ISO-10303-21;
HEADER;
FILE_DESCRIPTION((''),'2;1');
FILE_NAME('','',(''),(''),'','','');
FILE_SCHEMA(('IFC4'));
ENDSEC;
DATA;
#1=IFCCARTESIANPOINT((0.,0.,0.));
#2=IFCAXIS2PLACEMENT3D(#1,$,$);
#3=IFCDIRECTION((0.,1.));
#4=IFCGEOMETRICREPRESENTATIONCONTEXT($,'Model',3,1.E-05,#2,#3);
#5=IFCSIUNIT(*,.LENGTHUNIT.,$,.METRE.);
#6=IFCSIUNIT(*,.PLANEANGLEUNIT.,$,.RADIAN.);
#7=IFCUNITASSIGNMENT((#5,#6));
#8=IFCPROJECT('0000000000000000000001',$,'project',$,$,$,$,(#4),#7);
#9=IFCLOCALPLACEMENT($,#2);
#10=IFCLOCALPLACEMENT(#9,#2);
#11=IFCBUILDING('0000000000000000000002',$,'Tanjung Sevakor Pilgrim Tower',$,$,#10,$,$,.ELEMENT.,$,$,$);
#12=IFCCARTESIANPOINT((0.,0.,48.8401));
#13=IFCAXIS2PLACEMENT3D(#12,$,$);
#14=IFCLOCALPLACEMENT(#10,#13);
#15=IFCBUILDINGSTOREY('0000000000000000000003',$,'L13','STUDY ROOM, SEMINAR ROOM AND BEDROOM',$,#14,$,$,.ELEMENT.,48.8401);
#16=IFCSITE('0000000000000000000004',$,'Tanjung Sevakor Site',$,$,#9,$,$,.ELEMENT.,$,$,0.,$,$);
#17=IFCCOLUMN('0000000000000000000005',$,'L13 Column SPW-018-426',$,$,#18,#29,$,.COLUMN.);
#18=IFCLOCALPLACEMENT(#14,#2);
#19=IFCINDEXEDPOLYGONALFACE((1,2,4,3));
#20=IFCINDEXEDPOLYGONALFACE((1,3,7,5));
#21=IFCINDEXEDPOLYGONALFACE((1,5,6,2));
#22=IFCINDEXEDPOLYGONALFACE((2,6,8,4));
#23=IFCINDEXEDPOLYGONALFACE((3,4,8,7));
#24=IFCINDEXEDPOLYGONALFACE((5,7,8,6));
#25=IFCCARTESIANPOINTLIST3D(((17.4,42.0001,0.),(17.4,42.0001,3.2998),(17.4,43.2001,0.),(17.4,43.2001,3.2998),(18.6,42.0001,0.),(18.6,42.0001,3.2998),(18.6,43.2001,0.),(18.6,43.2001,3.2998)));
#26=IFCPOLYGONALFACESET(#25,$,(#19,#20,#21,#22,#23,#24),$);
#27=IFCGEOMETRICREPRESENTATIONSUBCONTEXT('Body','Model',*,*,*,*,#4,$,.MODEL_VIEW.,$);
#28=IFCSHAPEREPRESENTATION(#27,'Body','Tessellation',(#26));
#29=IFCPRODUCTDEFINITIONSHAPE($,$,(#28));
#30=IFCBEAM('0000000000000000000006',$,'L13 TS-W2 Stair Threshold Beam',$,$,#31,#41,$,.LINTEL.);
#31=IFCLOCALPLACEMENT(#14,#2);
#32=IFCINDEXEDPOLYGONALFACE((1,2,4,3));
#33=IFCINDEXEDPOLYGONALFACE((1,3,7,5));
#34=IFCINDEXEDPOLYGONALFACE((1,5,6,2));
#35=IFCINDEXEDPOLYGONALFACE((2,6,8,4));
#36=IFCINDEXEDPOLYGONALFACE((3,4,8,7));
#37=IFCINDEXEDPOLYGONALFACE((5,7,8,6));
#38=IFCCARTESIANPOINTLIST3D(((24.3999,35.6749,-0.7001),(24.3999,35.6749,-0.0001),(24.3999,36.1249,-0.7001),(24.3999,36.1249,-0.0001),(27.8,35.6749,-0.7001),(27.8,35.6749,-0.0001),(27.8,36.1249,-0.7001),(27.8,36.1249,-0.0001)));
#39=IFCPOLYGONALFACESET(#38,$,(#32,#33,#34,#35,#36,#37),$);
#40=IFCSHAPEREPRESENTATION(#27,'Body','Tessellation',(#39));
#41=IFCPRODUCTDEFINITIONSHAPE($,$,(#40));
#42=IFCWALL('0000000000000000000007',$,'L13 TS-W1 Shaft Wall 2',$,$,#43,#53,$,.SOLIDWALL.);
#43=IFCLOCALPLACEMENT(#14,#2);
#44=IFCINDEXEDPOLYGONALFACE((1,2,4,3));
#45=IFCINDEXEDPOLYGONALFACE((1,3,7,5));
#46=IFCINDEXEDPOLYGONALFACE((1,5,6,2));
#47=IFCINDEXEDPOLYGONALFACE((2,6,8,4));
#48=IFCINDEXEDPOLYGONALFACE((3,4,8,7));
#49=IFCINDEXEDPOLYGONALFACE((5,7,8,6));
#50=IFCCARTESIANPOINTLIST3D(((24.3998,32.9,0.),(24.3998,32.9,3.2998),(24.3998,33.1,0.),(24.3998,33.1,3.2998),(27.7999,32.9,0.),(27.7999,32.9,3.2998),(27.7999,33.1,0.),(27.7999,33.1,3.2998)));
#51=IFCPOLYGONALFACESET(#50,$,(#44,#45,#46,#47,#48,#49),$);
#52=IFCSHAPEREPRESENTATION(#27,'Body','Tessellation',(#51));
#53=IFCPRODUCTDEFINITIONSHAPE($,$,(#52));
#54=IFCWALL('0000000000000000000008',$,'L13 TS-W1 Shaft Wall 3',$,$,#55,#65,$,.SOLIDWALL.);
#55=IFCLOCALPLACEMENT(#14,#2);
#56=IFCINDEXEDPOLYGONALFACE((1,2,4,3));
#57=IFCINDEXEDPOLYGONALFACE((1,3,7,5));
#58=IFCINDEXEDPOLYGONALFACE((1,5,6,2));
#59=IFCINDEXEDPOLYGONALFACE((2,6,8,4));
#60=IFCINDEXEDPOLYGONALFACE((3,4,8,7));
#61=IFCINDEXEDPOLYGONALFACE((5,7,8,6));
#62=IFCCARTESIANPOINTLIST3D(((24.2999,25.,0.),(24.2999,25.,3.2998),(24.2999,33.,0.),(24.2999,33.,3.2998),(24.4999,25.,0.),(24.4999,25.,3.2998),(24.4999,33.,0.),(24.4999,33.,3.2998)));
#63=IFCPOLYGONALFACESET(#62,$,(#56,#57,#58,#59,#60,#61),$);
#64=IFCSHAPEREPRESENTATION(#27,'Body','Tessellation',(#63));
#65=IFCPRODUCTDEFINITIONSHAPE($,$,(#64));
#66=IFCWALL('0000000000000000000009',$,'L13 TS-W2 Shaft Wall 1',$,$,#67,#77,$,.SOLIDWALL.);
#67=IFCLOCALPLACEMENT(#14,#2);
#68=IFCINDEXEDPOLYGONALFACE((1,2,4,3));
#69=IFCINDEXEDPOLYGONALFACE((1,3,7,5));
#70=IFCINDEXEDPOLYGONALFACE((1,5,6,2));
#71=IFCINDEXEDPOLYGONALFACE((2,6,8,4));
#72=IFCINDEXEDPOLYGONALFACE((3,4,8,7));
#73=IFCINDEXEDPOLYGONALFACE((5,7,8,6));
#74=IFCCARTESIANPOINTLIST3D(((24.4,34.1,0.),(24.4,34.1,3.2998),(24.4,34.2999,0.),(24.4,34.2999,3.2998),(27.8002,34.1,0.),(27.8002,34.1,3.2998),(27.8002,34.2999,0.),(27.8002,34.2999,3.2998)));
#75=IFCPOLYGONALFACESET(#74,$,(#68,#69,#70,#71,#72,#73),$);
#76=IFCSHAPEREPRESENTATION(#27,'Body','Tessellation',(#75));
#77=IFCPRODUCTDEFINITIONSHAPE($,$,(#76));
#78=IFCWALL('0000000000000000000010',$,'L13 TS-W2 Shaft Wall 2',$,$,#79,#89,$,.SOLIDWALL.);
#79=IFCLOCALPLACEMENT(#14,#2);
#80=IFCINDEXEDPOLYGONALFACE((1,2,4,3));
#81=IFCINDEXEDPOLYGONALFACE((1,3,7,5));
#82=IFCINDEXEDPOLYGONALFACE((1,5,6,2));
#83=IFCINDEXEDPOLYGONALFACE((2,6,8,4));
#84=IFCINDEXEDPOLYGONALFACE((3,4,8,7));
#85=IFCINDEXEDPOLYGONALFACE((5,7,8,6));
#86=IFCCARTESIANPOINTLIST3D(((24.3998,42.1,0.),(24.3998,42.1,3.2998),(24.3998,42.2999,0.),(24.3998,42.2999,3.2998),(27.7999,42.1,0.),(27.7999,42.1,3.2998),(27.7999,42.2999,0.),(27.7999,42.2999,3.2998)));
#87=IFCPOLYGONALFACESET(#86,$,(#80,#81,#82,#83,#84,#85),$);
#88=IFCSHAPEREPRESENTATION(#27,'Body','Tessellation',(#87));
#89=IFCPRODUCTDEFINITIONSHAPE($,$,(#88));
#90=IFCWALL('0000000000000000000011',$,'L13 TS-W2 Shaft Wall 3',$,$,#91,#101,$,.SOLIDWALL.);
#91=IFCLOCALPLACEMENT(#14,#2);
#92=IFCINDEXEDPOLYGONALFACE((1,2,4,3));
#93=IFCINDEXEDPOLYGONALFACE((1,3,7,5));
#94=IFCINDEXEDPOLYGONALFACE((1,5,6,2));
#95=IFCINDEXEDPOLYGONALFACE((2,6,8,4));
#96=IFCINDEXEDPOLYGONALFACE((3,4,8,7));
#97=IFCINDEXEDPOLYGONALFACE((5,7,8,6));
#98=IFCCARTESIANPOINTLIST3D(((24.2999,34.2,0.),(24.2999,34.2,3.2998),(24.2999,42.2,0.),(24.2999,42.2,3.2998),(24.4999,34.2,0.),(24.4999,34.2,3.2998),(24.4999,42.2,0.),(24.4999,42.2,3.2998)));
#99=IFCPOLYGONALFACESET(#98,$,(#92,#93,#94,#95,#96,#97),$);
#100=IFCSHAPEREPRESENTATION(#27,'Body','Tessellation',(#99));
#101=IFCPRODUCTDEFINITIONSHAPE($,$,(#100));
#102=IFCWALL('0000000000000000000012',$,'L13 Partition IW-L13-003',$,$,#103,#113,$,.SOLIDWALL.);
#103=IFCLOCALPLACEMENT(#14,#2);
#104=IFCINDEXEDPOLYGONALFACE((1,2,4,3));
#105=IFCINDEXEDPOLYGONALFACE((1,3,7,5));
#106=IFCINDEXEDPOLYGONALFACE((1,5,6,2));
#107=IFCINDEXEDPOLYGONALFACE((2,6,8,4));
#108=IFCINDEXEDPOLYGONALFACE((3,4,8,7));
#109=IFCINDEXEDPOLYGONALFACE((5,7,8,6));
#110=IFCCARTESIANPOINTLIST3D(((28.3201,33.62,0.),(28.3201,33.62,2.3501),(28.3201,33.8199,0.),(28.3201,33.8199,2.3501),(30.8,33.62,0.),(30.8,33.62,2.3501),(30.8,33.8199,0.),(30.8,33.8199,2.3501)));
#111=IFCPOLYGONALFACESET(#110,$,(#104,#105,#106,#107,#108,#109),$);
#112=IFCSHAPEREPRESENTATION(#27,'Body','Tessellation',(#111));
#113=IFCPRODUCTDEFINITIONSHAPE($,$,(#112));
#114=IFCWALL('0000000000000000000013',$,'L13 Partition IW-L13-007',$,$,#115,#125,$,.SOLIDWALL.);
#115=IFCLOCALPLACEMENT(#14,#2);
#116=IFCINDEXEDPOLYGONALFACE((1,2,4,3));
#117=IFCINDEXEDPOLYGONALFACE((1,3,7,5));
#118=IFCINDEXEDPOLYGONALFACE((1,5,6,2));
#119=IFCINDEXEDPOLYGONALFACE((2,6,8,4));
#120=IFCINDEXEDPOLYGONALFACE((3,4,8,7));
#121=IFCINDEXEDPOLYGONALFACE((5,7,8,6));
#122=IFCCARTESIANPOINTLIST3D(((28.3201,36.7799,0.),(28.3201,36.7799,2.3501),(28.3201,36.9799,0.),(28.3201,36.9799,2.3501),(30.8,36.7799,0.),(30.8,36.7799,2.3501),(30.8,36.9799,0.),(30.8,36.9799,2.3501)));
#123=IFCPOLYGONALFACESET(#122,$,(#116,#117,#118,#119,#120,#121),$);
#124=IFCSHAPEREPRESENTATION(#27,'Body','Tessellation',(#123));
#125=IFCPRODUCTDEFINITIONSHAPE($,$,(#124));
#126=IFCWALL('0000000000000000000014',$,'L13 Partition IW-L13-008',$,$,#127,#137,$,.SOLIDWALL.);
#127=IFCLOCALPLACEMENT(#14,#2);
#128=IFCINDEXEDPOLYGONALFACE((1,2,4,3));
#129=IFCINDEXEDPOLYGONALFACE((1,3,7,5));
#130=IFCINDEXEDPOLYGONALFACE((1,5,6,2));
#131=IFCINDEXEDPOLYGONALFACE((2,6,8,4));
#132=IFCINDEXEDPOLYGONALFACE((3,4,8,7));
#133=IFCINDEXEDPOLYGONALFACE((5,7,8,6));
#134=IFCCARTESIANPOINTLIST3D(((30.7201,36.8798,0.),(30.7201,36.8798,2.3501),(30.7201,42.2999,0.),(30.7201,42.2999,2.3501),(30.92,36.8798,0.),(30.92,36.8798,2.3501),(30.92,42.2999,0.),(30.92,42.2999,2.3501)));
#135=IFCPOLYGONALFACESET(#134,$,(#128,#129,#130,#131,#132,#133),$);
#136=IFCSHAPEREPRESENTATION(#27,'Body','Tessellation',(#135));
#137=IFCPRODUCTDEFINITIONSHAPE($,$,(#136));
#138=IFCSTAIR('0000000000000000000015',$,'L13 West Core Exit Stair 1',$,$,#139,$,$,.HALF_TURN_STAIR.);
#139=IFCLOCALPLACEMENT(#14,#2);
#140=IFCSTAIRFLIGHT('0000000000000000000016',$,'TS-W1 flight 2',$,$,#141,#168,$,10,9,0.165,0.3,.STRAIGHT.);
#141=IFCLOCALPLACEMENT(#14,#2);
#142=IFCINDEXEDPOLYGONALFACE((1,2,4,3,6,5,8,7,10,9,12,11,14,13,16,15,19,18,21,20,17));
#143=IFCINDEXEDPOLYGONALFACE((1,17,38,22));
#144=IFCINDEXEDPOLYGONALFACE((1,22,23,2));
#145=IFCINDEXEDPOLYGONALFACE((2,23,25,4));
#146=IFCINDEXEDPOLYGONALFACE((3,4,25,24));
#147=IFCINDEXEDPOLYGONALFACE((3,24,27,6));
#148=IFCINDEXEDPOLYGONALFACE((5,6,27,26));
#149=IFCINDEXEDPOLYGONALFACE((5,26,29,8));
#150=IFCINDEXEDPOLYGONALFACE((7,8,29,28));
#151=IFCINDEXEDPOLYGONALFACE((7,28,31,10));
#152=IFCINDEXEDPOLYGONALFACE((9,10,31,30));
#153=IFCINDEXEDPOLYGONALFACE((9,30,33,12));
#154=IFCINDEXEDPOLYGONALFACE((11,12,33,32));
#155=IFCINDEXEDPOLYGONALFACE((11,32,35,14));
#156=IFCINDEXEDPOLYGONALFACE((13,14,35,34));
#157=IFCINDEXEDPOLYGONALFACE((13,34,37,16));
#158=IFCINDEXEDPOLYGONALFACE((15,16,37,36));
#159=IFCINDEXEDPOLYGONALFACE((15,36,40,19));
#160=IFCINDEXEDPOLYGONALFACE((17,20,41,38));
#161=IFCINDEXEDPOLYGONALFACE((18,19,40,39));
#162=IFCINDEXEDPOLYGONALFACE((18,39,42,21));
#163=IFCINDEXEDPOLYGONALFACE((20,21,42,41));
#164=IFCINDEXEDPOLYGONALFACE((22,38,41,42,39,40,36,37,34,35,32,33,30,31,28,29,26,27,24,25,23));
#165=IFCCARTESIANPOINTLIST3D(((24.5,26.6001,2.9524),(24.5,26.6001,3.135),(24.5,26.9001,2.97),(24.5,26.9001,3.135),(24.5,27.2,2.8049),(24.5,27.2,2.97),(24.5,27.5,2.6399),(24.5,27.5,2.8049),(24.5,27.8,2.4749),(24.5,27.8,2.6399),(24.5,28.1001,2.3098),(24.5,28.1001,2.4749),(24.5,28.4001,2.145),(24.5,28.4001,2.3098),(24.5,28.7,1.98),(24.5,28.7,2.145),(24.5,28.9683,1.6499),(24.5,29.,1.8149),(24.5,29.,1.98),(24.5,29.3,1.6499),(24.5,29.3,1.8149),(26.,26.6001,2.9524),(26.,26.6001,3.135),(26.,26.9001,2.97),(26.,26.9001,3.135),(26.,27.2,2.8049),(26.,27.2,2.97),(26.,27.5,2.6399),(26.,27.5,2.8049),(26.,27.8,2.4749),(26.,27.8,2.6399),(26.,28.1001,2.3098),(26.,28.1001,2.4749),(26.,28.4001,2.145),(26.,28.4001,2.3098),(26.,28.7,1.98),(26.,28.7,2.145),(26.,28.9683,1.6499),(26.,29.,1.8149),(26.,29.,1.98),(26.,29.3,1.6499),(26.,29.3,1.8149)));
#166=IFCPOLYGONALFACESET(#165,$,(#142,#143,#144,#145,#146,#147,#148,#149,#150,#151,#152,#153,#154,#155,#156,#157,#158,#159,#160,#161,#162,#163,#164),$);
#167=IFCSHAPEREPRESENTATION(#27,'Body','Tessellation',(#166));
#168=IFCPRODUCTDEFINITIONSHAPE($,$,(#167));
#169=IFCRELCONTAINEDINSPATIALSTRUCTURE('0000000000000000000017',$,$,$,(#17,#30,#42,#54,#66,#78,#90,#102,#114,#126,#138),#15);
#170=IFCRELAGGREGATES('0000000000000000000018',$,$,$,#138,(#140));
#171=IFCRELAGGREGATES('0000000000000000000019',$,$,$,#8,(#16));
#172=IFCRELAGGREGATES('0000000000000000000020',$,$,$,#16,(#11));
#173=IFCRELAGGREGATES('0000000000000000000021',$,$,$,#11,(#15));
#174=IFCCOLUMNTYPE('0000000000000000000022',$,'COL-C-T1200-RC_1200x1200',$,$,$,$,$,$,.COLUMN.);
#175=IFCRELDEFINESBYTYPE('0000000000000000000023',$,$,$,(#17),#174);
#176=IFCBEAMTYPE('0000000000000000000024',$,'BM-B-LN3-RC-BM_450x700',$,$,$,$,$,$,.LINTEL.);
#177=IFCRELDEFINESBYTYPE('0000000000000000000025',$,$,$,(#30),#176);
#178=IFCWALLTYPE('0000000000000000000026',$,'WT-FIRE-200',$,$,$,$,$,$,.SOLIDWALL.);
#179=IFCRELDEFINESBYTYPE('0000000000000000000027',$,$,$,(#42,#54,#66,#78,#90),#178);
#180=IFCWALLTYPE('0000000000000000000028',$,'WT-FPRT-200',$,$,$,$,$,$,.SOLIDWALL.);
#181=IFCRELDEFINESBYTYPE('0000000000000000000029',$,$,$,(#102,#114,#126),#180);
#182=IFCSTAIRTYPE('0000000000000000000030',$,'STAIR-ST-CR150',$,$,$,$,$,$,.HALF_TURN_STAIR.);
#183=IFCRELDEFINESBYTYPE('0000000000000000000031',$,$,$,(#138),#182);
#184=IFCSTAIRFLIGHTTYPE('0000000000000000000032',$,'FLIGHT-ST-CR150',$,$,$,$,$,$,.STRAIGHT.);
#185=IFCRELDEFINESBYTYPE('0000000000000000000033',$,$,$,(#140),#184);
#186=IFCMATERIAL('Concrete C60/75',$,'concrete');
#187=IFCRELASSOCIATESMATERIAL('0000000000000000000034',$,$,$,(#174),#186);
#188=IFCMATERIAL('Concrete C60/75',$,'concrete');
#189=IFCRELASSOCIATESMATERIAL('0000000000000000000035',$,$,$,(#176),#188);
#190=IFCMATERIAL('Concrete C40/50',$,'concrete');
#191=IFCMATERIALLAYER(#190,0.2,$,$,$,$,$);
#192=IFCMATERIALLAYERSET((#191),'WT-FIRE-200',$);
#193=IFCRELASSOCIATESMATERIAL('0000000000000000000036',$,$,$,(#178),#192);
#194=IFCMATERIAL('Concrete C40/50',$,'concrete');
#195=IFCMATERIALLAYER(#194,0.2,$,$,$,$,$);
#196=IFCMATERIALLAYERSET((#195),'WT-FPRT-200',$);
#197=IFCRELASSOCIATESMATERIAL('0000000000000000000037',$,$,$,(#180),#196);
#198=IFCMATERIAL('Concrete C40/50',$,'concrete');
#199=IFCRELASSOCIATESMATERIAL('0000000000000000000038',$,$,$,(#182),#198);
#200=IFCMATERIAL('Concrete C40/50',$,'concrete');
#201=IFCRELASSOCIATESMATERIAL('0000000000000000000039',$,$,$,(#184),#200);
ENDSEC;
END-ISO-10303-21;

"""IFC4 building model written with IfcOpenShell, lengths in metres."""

from ifc_helpers import new_model, si_unit, direction, frame, frame_2d, origin, origin_2d, place, context, subcontext, project, spatial, polyline, rectangle, outline, extrude, material, layer, layer_set, material_profile, profile_set, type_object, element, aggregate, save


model = new_model("IFC4")

# Units and contexts
model_context = context("Model", 3, precision=1e-05, world=origin(), true_north=direction((0.0, 1.0)))
body_context = subcontext(model_context, "Body", "Model", "MODEL_VIEW")
ifc_project = project(units=[si_unit("LENGTHUNIT", "METRE"), si_unit("PLANEANGLEUNIT", "RADIAN")], contexts=[model_context])

# Site, building, storey
site_placement = place(None, origin())
site = spatial("IfcSite", under=ifc_project, at=site_placement, Name="Tanjung Sevakor Site", CompositionType="ELEMENT", RefElevation=0.0)
building_placement = place(site_placement, origin())
building = spatial("IfcBuilding", under=site, at=building_placement, Name="Tanjung Sevakor Pilgrim Tower", CompositionType="ELEMENT")
storey_placement = place(building_placement, frame((0.0, 0.0, 48.8401)))
storey = spatial("IfcBuildingStorey", under=building, at=storey_placement, Name="L13", Description="STUDY ROOM, SEMINAR ROOM AND BEDROOM", CompositionType="ELEMENT", Elevation=48.8401)

# Column
ifc_material_1 = material(Name="Concrete C60/75", Category="concrete")
ifc_material_profile_1 = material_profile(ifc_material_1, rectangle(XDim=1.2, YDim=1.2, at=origin_2d()))
ifc_profile_set_1 = profile_set([ifc_material_profile_1], Name="Concrete C60/75")
column_type = type_object("IfcColumnType", Name="COL-C-T1200-RC_1200x1200", PredefinedType="COLUMN", material=ifc_profile_set_1)
column_placement = place(storey_placement, frame((18.0, 42.6001, 0.0), z_axis=(0.0, 0.0, 1.0), x_axis=(1.0, 0.0, 0.0)))
element("IfcColumn", 1, at=column_placement, inside=storey, type_object=column_type, Name="L13 Column SPW-018-426", PredefinedType="COLUMN", context=body_context, shape_type="SweptSolid", body=[
    extrude(rectangle(XDim=1.2, YDim=1.2, at=origin_2d()), origin(), (0.0, 0.0, 1.0), 3.2998),
])

# Beam
ifc_material_2 = material(Name="Concrete C60/75", Category="concrete")
ifc_material_profile_2 = material_profile(ifc_material_2, rectangle(XDim=0.45, YDim=0.7, at=origin_2d()))
ifc_profile_set_2 = profile_set([ifc_material_profile_2], Name="Concrete C60/75")
beam_type = type_object("IfcBeamType", Name="BM-B-LN3-RC-BM_450x700", PredefinedType="LINTEL", material=ifc_profile_set_2)
beam_placement = place(storey_placement, frame((24.3999, 35.8999, -0.3501), z_axis=(1.0, 0.0, 0.0), x_axis=(0.0, 1.0, 0.0)))
element("IfcBeam", 2, at=beam_placement, inside=storey, type_object=beam_type, Name="L13 TS-W2 Stair Threshold Beam", PredefinedType="LINTEL", context=body_context, shape_type="SweptSolid", body=[
    extrude(rectangle(XDim=0.45, YDim=0.7, at=origin_2d()), origin(), (0.0, 0.0, 1.0), 3.4001),
])

# Walls
ifc_material_3 = material(Name="Concrete C40/50", Category="concrete")
ifc_layer_1 = layer(ifc_material_3, 0.2)
ifc_layer_set_1 = layer_set([ifc_layer_1], Name="WT-FIRE-200")
wall_type_1 = type_object("IfcWallType", Name="WT-FIRE-200", PredefinedType="SOLIDWALL", material=ifc_layer_set_1)
wall_1_placement = place(storey_placement, frame((27.8, 33.0, 0.0), z_axis=(0.0, 0.0, 1.0), x_axis=(-1.0, 0.0, 0.0)))
element("IfcWall", 3, at=wall_1_placement, inside=storey, type_object=wall_type_1, Name="L13 TS-W1 Shaft Wall 2", PredefinedType="SOLIDWALL", context=body_context, shape_type="SweptSolid", body=[
    extrude(rectangle(XDim=3.4001, YDim=0.2, at=frame_2d((1.7002, 0.0))), origin(), (0.0, 0.0, 1.0), 3.2998),
])
wall_2_placement = place(storey_placement, frame((24.3999, 33.0, 0.0), z_axis=(0.0, 0.0, 1.0), x_axis=(0.0, -1.0, 0.0)))
element("IfcWall", 4, at=wall_2_placement, inside=storey, type_object=wall_type_1, Name="L13 TS-W1 Shaft Wall 3", PredefinedType="SOLIDWALL", context=body_context, shape_type="SweptSolid", body=[
    extrude(rectangle(XDim=8.0, YDim=0.2, at=frame_2d((4.0, 0.0))), origin(), (0.0, 0.0, 1.0), 3.2998),
])
for number, where, z_axis, x_axis, name in (
    (5, (24.3999, 34.2, 0.0), (0.0, 0.0, 1.0), (1.0, 0.0, 0.0), "L13 TS-W2 Shaft Wall 1"),
    (6, (27.8, 42.2, 0.0), (0.0, 0.0, 1.0), (-1.0, 0.0, 0.0), "L13 TS-W2 Shaft Wall 2"),
):
    element("IfcWall", number, at=place(storey_placement, frame(where, z_axis=z_axis, x_axis=x_axis)), inside=storey, type_object=wall_type_1, Name=name, PredefinedType="SOLIDWALL", context=body_context, shape_type="SweptSolid", body=[
        extrude(rectangle(XDim=3.4001, YDim=0.2, at=frame_2d((1.7002, 0.0))), origin(), (0.0, 0.0, 1.0), 3.2998),
    ])
wall_3_placement = place(storey_placement, frame((24.3999, 42.2, 0.0), z_axis=(0.0, 0.0, 1.0), x_axis=(0.0, -1.0, 0.0)))
element("IfcWall", 7, at=wall_3_placement, inside=storey, type_object=wall_type_1, Name="L13 TS-W2 Shaft Wall 3", PredefinedType="SOLIDWALL", context=body_context, shape_type="SweptSolid", body=[
    extrude(rectangle(XDim=8.0, YDim=0.2, at=frame_2d((4.0, 0.0))), origin(), (0.0, 0.0, 1.0), 3.2998),
])
ifc_material_4 = material(Name="Concrete C40/50", Category="concrete")
ifc_layer_2 = layer(ifc_material_4, 0.2)
ifc_layer_set_2 = layer_set([ifc_layer_2], Name="WT-FPRT-200")
wall_type_2 = type_object("IfcWallType", Name="WT-FPRT-200", PredefinedType="SOLIDWALL", material=ifc_layer_set_2)
for number, where, z_axis, x_axis, name in (
    (8, (28.3201, 33.72, 0.0), (0.0, 0.0, 1.0), (1.0, 0.0, 0.0), "L13 Partition IW-L13-003"),
    (9, (28.3201, 36.8799, 0.0), (0.0, 0.0, 1.0), (1.0, 0.0, 0.0), "L13 Partition IW-L13-007"),
):
    element("IfcWall", number, at=place(storey_placement, frame(where, z_axis=z_axis, x_axis=x_axis)), inside=storey, type_object=wall_type_2, Name=name, PredefinedType="SOLIDWALL", context=body_context, shape_type="SweptSolid", body=[
        extrude(rectangle(XDim=2.48, YDim=0.2, at=frame_2d((1.24, 0.0))), origin(), (0.0, 0.0, 1.0), 2.3501),
    ])
wall_4_placement = place(storey_placement, frame((30.8201, 36.8799, 0.0), z_axis=(0.0, 0.0, 1.0), x_axis=(0.0, 1.0, 0.0)))
element("IfcWall", 10, at=wall_4_placement, inside=storey, type_object=wall_type_2, Name="L13 Partition IW-L13-008", PredefinedType="SOLIDWALL", context=body_context, shape_type="SweptSolid", body=[
    extrude(rectangle(XDim=5.4202, YDim=0.2, at=frame_2d((2.71, 0.0))), origin(), (0.0, 0.0, 1.0), 2.3501),
])

# Stair, stair flight
ifc_material_5 = material(Name="Concrete C40/50", Category="concrete")
stair_type = type_object("IfcStairType", Name="STAIR-ST-CR150", PredefinedType="HALF_TURN_STAIR", material=ifc_material_5)
stair_1_placement = place(storey_placement, origin())
stair_1 = element("IfcStair", 11, at=stair_1_placement, inside=storey, type_object=stair_type, Name="L13 West Core Exit Stair 1", PredefinedType="HALF_TURN_STAIR")
ifc_material_6 = material(Name="Concrete C40/50", Category="concrete")
stair_flight_type = type_object("IfcStairFlightType", Name="FLIGHT-ST-CR150", PredefinedType="STRAIGHT", material=ifc_material_6)
stair_flight_1_placement = place(storey_placement, frame((25.25, 29.3, 1.6499), z_axis=(0.0, 0.0, 1.0), x_axis=(0.0, -1.0, 0.0)))
stair_flight_1 = element("IfcStairFlight", 12, at=stair_flight_1_placement, type_object=stair_flight_type, Name="TS-W1 flight 2", NumberOfRisers=10, NumberOfTreads=9, PredefinedType="STRAIGHT", RiserHeight=0.165, TreadLength=0.3, context=body_context, shape_type="SweptSolid", body=[
    extrude(outline(polyline([(0.0, 0.0), (0.0, 0.165), (0.3, 0.165), (0.3, 0.3301), (0.6001, 0.3301), (0.6001, 0.4951), (0.8999, 0.4951), (0.8999, 0.6599), (1.2, 0.6599), (1.2, 0.825), (1.5, 0.825), (1.5, 0.99), (1.8, 0.99), (1.8, 1.155), (2.1001, 1.155), (2.1001, 1.3201), (2.3999, 1.3201), (2.3999, 1.4851), (2.7, 1.4851), (2.7, 1.6499), (2.7, 1.3025), (0.3318, 0.0), (0.0, 0.0)])), frame((0.0, 0.75, 0.0), z_axis=(0.0, -1.0, 0.0), x_axis=(1.0, 0.0, 0.0)), (0.0, 0.0, 1.0), 1.5),
])
aggregate(stair_1, [stair_flight_1])

save(model, "model.ifc")
